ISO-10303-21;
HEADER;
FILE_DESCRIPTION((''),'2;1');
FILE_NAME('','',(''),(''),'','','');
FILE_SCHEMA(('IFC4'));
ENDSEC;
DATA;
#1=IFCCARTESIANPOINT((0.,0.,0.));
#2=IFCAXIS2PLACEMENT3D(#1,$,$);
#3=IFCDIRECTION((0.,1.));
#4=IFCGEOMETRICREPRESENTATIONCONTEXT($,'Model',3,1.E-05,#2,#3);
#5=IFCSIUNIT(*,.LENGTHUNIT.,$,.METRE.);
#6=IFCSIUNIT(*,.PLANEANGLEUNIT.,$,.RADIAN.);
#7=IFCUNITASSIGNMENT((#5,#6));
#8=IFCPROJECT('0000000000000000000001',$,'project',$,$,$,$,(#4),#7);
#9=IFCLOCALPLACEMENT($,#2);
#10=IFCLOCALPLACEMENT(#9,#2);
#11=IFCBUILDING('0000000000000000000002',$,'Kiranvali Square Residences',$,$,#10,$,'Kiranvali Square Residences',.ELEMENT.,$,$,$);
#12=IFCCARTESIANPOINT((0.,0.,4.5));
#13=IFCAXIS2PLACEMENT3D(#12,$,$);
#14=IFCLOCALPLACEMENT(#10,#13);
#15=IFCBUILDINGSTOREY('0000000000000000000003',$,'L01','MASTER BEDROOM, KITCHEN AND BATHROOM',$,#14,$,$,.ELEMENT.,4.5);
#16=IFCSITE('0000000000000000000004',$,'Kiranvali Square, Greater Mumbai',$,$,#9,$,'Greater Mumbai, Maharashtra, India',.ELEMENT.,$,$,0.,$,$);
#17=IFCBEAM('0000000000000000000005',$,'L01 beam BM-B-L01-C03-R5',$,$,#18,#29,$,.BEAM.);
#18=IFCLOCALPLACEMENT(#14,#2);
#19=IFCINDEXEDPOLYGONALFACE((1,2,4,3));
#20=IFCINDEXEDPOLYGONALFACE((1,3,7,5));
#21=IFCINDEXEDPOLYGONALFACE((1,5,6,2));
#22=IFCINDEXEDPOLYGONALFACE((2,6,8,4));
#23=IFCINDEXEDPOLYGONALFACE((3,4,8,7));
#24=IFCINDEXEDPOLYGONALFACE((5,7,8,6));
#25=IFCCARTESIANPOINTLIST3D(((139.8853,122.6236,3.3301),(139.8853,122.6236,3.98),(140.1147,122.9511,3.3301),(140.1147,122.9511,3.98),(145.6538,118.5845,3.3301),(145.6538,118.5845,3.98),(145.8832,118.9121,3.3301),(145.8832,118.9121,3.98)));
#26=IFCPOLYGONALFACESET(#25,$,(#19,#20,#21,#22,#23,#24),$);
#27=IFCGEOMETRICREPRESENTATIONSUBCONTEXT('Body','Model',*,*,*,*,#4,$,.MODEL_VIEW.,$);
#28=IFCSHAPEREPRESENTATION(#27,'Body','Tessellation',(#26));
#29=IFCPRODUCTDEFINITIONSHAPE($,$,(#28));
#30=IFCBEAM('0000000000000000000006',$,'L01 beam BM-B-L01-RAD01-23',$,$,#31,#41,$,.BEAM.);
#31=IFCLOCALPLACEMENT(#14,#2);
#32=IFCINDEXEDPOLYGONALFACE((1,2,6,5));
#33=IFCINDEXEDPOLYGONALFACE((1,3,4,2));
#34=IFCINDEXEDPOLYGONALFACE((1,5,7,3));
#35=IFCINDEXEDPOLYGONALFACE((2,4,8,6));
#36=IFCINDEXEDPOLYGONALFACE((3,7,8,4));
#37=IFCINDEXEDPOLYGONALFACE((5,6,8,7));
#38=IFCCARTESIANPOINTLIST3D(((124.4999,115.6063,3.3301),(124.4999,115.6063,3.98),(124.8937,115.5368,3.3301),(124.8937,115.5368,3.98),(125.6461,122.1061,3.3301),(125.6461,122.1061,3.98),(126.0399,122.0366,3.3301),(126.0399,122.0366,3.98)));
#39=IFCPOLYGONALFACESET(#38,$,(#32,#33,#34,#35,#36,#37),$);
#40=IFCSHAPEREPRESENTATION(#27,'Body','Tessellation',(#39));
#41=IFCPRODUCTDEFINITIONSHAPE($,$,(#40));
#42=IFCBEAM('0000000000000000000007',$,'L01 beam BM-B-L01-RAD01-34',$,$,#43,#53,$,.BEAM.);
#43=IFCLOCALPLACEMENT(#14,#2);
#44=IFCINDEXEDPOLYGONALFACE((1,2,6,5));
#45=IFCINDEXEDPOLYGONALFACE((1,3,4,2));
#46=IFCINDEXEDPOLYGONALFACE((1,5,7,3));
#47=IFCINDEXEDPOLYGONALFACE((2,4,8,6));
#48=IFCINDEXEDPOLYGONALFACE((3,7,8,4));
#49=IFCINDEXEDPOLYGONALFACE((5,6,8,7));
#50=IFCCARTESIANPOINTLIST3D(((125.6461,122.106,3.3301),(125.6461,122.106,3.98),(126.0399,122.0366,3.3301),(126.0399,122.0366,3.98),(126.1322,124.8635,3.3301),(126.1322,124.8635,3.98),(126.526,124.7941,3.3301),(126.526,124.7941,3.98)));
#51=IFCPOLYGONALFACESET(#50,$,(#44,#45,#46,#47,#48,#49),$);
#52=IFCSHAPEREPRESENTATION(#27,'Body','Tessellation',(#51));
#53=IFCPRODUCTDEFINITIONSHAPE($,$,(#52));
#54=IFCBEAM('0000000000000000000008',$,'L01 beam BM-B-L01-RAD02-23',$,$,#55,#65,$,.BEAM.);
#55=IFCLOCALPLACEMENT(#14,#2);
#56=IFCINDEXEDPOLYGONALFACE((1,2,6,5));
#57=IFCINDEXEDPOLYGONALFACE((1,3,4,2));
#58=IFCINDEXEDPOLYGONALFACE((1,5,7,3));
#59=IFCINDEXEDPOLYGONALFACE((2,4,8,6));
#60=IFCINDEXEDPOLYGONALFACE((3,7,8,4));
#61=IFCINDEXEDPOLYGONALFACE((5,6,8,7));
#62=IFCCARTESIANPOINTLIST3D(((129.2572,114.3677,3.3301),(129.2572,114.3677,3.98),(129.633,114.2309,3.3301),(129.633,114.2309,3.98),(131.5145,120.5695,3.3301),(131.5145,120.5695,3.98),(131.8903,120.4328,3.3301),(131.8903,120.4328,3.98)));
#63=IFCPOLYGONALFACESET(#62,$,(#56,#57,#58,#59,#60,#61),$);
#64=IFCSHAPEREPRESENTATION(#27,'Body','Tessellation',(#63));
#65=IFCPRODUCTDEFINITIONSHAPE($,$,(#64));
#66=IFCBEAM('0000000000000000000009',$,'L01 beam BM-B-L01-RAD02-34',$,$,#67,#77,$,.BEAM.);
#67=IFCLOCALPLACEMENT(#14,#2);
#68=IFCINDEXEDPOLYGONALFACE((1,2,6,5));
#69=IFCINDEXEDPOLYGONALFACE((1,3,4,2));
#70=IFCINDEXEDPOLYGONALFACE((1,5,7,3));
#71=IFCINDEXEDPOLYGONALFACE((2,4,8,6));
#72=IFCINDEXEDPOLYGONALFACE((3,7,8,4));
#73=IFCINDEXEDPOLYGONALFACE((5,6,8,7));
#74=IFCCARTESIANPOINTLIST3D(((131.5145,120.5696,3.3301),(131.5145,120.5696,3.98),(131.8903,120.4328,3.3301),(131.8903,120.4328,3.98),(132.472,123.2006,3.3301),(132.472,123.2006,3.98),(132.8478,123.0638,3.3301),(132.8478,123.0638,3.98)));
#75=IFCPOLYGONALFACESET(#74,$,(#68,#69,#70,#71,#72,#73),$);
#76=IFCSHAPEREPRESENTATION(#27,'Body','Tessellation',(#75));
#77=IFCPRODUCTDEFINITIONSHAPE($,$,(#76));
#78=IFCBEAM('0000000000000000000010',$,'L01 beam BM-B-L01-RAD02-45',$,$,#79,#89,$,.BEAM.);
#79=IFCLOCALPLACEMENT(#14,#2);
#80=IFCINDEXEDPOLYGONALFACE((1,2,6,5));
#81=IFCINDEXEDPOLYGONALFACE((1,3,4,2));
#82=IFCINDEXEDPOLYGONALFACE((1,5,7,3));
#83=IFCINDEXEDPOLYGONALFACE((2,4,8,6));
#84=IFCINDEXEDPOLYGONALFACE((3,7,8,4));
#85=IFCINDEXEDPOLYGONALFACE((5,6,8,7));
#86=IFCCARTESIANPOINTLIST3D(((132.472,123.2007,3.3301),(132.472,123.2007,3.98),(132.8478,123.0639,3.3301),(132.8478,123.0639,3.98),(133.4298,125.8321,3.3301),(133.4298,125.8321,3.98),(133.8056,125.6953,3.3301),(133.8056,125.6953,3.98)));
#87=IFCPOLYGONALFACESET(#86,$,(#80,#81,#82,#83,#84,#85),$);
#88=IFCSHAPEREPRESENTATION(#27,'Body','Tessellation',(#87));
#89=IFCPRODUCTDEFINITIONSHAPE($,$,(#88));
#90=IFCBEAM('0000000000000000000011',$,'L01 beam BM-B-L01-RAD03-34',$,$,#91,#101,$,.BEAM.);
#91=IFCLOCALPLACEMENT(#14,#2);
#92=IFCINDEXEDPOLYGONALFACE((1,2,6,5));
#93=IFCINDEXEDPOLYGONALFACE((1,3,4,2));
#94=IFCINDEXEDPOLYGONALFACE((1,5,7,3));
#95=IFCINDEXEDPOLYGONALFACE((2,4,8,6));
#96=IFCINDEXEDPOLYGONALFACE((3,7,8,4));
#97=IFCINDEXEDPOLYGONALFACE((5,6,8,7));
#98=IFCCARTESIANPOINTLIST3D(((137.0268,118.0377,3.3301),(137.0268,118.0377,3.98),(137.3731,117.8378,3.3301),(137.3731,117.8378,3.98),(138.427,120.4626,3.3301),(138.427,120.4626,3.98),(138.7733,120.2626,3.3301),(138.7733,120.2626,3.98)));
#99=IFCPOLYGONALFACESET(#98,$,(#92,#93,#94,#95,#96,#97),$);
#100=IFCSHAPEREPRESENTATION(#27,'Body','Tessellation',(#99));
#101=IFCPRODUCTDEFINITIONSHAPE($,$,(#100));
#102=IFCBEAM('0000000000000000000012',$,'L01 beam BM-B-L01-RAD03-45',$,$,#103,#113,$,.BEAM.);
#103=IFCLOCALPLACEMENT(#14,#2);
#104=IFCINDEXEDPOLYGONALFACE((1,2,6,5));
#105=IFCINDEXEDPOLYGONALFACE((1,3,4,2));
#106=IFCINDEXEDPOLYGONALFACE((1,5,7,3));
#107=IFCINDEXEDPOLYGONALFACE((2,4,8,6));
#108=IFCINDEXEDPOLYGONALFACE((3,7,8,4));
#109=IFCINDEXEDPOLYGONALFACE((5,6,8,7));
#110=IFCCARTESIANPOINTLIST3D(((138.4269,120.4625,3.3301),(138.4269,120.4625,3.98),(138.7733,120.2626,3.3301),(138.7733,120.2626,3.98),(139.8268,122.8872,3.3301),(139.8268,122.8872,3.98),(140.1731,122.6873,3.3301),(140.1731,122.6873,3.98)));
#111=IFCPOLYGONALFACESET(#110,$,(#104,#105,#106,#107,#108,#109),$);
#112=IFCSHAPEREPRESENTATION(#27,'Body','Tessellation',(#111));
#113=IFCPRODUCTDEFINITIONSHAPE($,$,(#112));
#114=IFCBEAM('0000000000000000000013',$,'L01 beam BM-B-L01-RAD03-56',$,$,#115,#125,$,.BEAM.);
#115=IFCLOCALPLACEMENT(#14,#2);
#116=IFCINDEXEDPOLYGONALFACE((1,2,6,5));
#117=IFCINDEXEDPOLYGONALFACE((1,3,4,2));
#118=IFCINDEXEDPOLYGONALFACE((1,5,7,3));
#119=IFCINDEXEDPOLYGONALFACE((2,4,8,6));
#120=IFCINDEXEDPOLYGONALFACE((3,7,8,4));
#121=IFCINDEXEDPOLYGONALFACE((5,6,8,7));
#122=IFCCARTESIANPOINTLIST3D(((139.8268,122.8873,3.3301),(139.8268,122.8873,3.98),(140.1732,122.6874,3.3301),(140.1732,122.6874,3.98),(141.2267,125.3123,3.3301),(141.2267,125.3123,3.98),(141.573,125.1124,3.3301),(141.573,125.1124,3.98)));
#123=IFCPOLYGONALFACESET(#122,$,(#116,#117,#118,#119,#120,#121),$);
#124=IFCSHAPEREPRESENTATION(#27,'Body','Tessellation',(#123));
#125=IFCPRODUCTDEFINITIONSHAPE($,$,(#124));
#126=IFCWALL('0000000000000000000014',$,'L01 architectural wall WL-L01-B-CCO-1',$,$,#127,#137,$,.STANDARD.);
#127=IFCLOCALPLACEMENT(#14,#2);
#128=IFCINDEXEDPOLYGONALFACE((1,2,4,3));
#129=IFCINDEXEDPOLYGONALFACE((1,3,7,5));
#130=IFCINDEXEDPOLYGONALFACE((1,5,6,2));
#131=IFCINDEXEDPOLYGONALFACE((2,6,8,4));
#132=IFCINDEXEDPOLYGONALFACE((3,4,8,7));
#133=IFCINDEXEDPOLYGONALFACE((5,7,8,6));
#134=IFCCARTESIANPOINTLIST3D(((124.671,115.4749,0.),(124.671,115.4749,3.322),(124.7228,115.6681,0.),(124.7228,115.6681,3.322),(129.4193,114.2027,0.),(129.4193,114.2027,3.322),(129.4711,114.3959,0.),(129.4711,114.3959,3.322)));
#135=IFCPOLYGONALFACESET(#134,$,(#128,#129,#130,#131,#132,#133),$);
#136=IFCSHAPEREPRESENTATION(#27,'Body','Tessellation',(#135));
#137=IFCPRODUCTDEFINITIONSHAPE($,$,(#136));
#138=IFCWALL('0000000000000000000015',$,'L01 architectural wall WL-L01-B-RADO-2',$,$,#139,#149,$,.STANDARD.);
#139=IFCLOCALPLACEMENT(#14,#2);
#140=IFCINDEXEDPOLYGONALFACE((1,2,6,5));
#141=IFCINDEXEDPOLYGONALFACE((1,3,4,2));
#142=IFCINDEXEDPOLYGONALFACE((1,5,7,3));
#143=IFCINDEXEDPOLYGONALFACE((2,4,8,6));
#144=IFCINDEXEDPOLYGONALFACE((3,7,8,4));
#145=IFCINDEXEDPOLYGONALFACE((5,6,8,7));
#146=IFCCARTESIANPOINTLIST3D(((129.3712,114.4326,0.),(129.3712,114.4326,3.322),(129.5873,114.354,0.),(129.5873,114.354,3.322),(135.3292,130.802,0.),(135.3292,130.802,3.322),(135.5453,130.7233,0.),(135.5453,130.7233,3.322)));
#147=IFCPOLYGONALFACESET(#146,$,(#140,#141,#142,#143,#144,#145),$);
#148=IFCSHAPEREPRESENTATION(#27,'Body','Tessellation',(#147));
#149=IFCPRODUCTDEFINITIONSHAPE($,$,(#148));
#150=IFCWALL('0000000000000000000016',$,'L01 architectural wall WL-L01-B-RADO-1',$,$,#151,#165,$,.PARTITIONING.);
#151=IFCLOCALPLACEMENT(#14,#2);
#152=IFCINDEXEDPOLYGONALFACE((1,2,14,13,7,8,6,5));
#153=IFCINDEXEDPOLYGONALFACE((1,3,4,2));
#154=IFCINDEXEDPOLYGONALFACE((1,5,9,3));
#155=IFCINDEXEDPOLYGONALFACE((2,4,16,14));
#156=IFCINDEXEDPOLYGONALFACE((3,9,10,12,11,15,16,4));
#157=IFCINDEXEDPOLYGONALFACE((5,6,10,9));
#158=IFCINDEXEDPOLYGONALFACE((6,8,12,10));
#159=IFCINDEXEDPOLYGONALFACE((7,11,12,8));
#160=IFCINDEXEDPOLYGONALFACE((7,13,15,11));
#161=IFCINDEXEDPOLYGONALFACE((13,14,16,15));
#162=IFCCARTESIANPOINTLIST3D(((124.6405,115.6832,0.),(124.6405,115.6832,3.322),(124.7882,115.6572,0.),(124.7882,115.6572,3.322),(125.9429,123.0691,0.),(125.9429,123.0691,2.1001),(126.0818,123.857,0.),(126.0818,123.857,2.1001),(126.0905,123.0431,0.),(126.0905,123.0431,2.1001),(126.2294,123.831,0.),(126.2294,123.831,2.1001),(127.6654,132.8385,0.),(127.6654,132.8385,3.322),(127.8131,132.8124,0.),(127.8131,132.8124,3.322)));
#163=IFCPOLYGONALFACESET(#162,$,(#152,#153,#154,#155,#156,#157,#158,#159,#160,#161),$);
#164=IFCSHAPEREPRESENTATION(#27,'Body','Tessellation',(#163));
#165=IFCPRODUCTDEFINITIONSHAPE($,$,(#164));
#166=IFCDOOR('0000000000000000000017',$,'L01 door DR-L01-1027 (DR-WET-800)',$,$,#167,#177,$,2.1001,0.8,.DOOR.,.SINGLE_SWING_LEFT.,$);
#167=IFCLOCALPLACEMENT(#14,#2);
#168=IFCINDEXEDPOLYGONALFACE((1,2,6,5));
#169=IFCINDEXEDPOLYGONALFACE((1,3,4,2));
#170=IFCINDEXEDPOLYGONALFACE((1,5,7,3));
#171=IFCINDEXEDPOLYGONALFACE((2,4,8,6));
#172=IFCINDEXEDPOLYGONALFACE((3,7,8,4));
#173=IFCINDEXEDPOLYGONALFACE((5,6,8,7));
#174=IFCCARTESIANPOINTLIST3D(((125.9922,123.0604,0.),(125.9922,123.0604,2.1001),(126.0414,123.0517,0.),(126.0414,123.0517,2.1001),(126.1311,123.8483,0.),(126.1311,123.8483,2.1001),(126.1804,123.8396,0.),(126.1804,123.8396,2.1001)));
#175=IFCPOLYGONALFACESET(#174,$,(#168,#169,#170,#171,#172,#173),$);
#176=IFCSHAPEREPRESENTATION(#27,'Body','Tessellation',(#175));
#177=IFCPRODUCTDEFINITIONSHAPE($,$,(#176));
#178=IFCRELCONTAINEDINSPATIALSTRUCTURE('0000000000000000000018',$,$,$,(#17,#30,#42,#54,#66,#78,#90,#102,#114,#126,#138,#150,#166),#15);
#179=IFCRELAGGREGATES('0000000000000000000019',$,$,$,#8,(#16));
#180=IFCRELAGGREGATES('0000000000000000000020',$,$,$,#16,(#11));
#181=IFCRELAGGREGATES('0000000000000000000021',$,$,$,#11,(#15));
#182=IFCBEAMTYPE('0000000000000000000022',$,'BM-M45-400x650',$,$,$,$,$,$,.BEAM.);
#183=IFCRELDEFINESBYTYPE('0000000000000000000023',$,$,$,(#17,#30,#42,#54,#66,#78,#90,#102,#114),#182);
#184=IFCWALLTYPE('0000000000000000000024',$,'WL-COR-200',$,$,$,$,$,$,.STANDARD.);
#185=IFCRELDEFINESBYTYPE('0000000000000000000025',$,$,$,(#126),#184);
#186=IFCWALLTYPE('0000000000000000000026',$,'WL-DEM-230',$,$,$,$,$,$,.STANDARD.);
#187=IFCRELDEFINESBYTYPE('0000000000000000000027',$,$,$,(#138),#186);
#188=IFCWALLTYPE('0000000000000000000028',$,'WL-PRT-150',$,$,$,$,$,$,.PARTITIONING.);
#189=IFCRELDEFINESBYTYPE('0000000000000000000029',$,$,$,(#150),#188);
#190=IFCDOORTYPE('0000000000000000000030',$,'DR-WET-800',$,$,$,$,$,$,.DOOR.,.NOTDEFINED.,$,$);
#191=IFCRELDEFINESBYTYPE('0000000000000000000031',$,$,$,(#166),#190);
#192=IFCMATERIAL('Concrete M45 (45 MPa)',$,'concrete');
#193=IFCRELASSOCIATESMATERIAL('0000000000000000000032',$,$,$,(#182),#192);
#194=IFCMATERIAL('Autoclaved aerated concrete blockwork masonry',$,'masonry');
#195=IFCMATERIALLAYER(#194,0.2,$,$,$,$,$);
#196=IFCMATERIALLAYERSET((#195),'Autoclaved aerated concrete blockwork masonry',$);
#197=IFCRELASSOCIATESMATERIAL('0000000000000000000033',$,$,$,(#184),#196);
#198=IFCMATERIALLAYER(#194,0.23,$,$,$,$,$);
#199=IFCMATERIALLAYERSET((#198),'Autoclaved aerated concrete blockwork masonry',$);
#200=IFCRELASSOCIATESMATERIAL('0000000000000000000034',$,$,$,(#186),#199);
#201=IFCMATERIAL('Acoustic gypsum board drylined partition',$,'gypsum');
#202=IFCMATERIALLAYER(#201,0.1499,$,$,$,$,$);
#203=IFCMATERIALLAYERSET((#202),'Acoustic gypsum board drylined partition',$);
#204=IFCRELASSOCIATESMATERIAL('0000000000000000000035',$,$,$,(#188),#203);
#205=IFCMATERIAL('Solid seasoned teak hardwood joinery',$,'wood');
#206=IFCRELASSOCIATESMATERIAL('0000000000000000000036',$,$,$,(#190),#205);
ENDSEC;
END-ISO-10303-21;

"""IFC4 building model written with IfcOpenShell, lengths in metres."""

from ifc_helpers import new_model, si_unit, direction, frame, frame_2d, origin, origin_2d, place, context, subcontext, project, spatial, rectangle, extrude, material, layer, layer_set, material_profile, profile_set, type_object, element, fill, save


model = new_model("IFC4")

# Units and contexts
model_context = context("Model", 3, precision=1e-05, world=origin(), true_north=direction((0.0, 1.0)))
body_context = subcontext(model_context, "Body", "Model", "MODEL_VIEW")
ifc_project = project(units=[si_unit("LENGTHUNIT", "METRE"), si_unit("PLANEANGLEUNIT", "RADIAN")], contexts=[model_context])

# Site, building, storey
site_placement = place(None, origin())
site = spatial("IfcSite", under=ifc_project, at=site_placement, Name="Kiranvali Square, Greater Mumbai", LongName="Greater Mumbai, Maharashtra, India", CompositionType="ELEMENT", RefElevation=0.0)
building_placement = place(site_placement, origin())
building = spatial("IfcBuilding", under=site, at=building_placement, Name="Kiranvali Square Residences", LongName="Kiranvali Square Residences", CompositionType="ELEMENT")
storey_placement = place(building_placement, frame((0.0, 0.0, 4.5)))
storey = spatial("IfcBuildingStorey", under=building, at=storey_placement, Name="L01", Description="MASTER BEDROOM, KITCHEN AND BATHROOM", CompositionType="ELEMENT", Elevation=4.5)

# Shared definitions
ifc_material_1 = material(Name="Concrete M45 (45 MPa)", Category="concrete")

# Beams
ifc_material_profile_1 = material_profile(ifc_material_1, rectangle(XDim=0.3999, YDim=0.6499, at=origin_2d()), Name="RC 400x650")
ifc_profile_set_1 = profile_set([ifc_material_profile_1], Name="Concrete M45 (45 MPa)")
beam_type = type_object("IfcBeamType", Name="BM-M45-400x650", PredefinedType="BEAM", material=ifc_profile_set_1)
beam_1_placement = place(storey_placement, frame((140.0, 122.7874, 3.655), z_axis=(0.81916, -0.573565, 0.0), x_axis=(0.573565, 0.81916, 0.0)))
element("IfcBeam", 1, at=beam_1_placement, inside=storey, type_object=beam_type, Name="L01 beam BM-B-L01-C03-R5", PredefinedType="BEAM", context=body_context, shape_type="SweptSolid", body=[
    extrude(rectangle(XDim=0.3999, YDim=0.6499, at=origin_2d()), origin(), (0.0, 0.0, 1.0), 7.042),
])
beam_2_placement = place(storey_placement, frame((124.6968, 115.5715, 3.655), z_axis=(0.173671, 0.984804, 0.0), x_axis=(-0.984804, 0.173671, 0.0)))
element("IfcBeam", 2, at=beam_2_placement, inside=storey, type_object=beam_type, Name="L01 beam BM-B-L01-RAD01-23", PredefinedType="BEAM", context=body_context, shape_type="SweptSolid", body=[
    extrude(rectangle(XDim=0.3999, YDim=0.6499, at=origin_2d()), origin(), (0.0, 0.0, 1.0), 6.6001),
])
beam_3_placement = place(storey_placement, frame((125.843, 122.0713, 3.655), z_axis=(0.173596, 0.984817, 0.0), x_axis=(-0.984817, 0.173596, 0.0)))
element("IfcBeam", 3, at=beam_3_placement, inside=storey, type_object=beam_type, Name="L01 beam BM-B-L01-RAD01-34", PredefinedType="BEAM", context=body_context, shape_type="SweptSolid", body=[
    extrude(rectangle(XDim=0.3999, YDim=0.6499, at=origin_2d()), origin(), (0.0, 0.0, 1.0), 2.8),
])
beam_4_placement = place(storey_placement, frame((129.4451, 114.2993, 3.655), z_axis=(0.342022, 0.939692, 0.0), x_axis=(-0.939692, 0.342022, 0.0)))
element("IfcBeam", 4, at=beam_4_placement, inside=storey, type_object=beam_type, Name="L01 beam BM-B-L01-RAD02-23", PredefinedType="BEAM", context=body_context, shape_type="SweptSolid", body=[
    extrude(rectangle(XDim=0.3999, YDim=0.6499, at=origin_2d()), origin(), (0.0, 0.0, 1.0), 6.5999),
])
beam_5_placement = place(storey_placement, frame((131.7024, 120.5012, 3.655), z_axis=(0.341981, 0.939707, 0.0), x_axis=(-0.939707, 0.341981, 0.0)))
element("IfcBeam", 5, at=beam_5_placement, inside=storey, type_object=beam_type, Name="L01 beam BM-B-L01-RAD02-34", PredefinedType="BEAM", context=body_context, shape_type="SweptSolid", body=[
    extrude(rectangle(XDim=0.3999, YDim=0.6499, at=origin_2d()), origin(), (0.0, 0.0, 1.0), 2.7998),
])
beam_6_placement = place(storey_placement, frame((132.6599, 123.1323, 3.655), z_axis=(0.34203, 0.939689, 0.0), x_axis=(-0.939689, 0.34203, 0.0)))
element("IfcBeam", 6, at=beam_6_placement, inside=storey, type_object=beam_type, Name="L01 beam BM-B-L01-RAD02-45", PredefinedType="BEAM", context=body_context, shape_type="SweptSolid", body=[
    extrude(rectangle(XDim=0.3999, YDim=0.6499, at=origin_2d()), origin(), (0.0, 0.0, 1.0), 2.8003),
])
beam_7_placement = place(storey_placement, frame((137.2, 117.9377, 3.655), z_axis=(0.50005, 0.865997, 0.0), x_axis=(-0.865997, 0.50005, 0.0)))
element("IfcBeam", 7, at=beam_7_placement, inside=storey, type_object=beam_type, Name="L01 beam BM-B-L01-RAD03-34", PredefinedType="BEAM", context=body_context, shape_type="SweptSolid", body=[
    extrude(rectangle(XDim=0.3999, YDim=0.6499, at=origin_2d()), origin(), (0.0, 0.0, 1.0), 2.8),
])
beam_8_placement = place(storey_placement, frame((138.6001, 120.3625, 3.655), z_axis=(0.499984, 0.866035, 0.0), x_axis=(-0.866035, 0.499984, 0.0)))
element("IfcBeam", 8, at=beam_8_placement, inside=storey, type_object=beam_type, Name="L01 beam BM-B-L01-RAD03-45", PredefinedType="BEAM", context=body_context, shape_type="SweptSolid", body=[
    extrude(rectangle(XDim=0.3999, YDim=0.6499, at=origin_2d()), origin(), (0.0, 0.0, 1.0), 2.7998),
])
beam_9_placement = place(storey_placement, frame((140.0, 122.7874, 3.655), z_axis=(0.499946, 0.866056, 0.0), x_axis=(-0.866056, 0.499946, 0.0)))
element("IfcBeam", 9, at=beam_9_placement, inside=storey, type_object=beam_type, Name="L01 beam BM-B-L01-RAD03-56", PredefinedType="BEAM", context=body_context, shape_type="SweptSolid", body=[
    extrude(rectangle(XDim=0.3999, YDim=0.6499, at=origin_2d()), origin(), (0.0, 0.0, 1.0), 2.8),
])

# Wall
ifc_material_2 = material(Name="Autoclaved aerated concrete blockwork masonry", Category="masonry")
ifc_layer_1 = layer(ifc_material_2, 0.2)
ifc_layer_set_1 = layer_set([ifc_layer_1], Name="Autoclaved aerated concrete blockwork masonry")
wall_type_1 = type_object("IfcWallType", Name="WL-COR-200", PredefinedType="STANDARD", material=ifc_layer_set_1)
wall_1_placement = place(storey_placement, frame((124.6968, 115.5715, 0.0), z_axis=(0.0, 0.0, 1.0), x_axis=(0.96593, -0.258803, 0.0)))
element("IfcWall", 10, at=wall_1_placement, inside=storey, type_object=wall_type_1, Name="L01 architectural wall WL-L01-B-CCO-1", PredefinedType="STANDARD", context=body_context, shape_type="SweptSolid", body=[
    extrude(rectangle(XDim=4.9158, YDim=0.2, at=frame_2d((2.458, 0.0))), origin(), (0.0, 0.0, 1.0), 3.322),
])

# Wall
ifc_layer_2 = layer(ifc_material_2, 0.23)
ifc_layer_set_2 = layer_set([ifc_layer_2], Name="Autoclaved aerated concrete blockwork masonry")
wall_type_2 = type_object("IfcWallType", Name="WL-DEM-230", PredefinedType="STANDARD", material=ifc_layer_set_2)
wall_2_placement = place(storey_placement, frame((129.4792, 114.3933, 0.0), z_axis=(0.0, 0.0, 1.0), x_axis=(0.342022, 0.939692, 0.0)))
element("IfcWall", 11, at=wall_2_placement, inside=storey, type_object=wall_type_2, Name="L01 architectural wall WL-L01-B-RADO-2", PredefinedType="STANDARD", context=body_context, shape_type="SweptSolid", body=[
    extrude(rectangle(XDim=17.4199, YDim=0.23, at=frame_2d((8.71, 0.0))), origin(), (0.0, 0.0, 1.0), 3.322),
])

# Wall, opening, door
ifc_material_3 = material(Name="Acoustic gypsum board drylined partition", Category="gypsum")
ifc_layer_3 = layer(ifc_material_3, 0.1499)
ifc_layer_set_3 = layer_set([ifc_layer_3], Name="Acoustic gypsum board drylined partition")
wall_type_3 = type_object("IfcWallType", Name="WL-PRT-150", PredefinedType="PARTITIONING", material=ifc_layer_set_3)
wall_3_placement = place(storey_placement, frame((124.7144, 115.6702, 0.0), z_axis=(0.0, 0.0, 1.0), x_axis=(0.173646, 0.984808, 0.0)))
wall_3 = element("IfcWall", 12, at=wall_3_placement, inside=storey, type_object=wall_type_3, Name="L01 architectural wall WL-L01-B-RADO-1", PredefinedType="PARTITIONING", context=body_context, shape_type="SweptSolid", body=[
    extrude(rectangle(XDim=17.4199, YDim=0.1499, at=frame_2d((8.71, 0.0))), origin(), (0.0, 0.0, 1.0), 3.322),
])
opening_1_placement = place(wall_3_placement, frame((7.5, 0.0, 0.0)))
opening_1 = element("IfcOpeningElement", 13, at=opening_1_placement, cuts=wall_3, PredefinedType="OPENING", context=body_context, shape_type="SweptSolid", body=[
    extrude(rectangle(XDim=0.8, YDim=2.1001, at=frame_2d((0.3999, 1.05))), frame((0.0, 0.085, 0.0), z_axis=(0.0, -1.0, 0.0), x_axis=(1.0, 0.0, 0.0)), (0.0, 0.0, 1.0), 0.1699),
])
ifc_material_4 = material(Name="Solid seasoned teak hardwood joinery", Category="wood")
door_type_1 = type_object("IfcDoorType", Name="DR-WET-800", OperationType="NOTDEFINED", PredefinedType="DOOR", material=ifc_material_4)
door_1_placement = place(opening_1_placement, origin())
door_1 = element("IfcDoor", 14, at=door_1_placement, inside=storey, type_object=door_type_1, Name="L01 door DR-L01-1027 (DR-WET-800)", OperationType="SINGLE_SWING_LEFT", OverallHeight=2.1001, OverallWidth=0.8, PredefinedType="DOOR", context=body_context, shape_type="SweptSolid", body=[
    extrude(rectangle(XDim=0.8, YDim=2.1001, at=frame_2d((0.3999, 1.05))), frame((0.0, 0.0249, 0.0), z_axis=(0.0, -1.0, 0.0), x_axis=(1.0, 0.0, 0.0)), (0.0, 0.0, 1.0), 0.05),
])
fill(opening_1, door_1)

save(model, "model.ifc")
